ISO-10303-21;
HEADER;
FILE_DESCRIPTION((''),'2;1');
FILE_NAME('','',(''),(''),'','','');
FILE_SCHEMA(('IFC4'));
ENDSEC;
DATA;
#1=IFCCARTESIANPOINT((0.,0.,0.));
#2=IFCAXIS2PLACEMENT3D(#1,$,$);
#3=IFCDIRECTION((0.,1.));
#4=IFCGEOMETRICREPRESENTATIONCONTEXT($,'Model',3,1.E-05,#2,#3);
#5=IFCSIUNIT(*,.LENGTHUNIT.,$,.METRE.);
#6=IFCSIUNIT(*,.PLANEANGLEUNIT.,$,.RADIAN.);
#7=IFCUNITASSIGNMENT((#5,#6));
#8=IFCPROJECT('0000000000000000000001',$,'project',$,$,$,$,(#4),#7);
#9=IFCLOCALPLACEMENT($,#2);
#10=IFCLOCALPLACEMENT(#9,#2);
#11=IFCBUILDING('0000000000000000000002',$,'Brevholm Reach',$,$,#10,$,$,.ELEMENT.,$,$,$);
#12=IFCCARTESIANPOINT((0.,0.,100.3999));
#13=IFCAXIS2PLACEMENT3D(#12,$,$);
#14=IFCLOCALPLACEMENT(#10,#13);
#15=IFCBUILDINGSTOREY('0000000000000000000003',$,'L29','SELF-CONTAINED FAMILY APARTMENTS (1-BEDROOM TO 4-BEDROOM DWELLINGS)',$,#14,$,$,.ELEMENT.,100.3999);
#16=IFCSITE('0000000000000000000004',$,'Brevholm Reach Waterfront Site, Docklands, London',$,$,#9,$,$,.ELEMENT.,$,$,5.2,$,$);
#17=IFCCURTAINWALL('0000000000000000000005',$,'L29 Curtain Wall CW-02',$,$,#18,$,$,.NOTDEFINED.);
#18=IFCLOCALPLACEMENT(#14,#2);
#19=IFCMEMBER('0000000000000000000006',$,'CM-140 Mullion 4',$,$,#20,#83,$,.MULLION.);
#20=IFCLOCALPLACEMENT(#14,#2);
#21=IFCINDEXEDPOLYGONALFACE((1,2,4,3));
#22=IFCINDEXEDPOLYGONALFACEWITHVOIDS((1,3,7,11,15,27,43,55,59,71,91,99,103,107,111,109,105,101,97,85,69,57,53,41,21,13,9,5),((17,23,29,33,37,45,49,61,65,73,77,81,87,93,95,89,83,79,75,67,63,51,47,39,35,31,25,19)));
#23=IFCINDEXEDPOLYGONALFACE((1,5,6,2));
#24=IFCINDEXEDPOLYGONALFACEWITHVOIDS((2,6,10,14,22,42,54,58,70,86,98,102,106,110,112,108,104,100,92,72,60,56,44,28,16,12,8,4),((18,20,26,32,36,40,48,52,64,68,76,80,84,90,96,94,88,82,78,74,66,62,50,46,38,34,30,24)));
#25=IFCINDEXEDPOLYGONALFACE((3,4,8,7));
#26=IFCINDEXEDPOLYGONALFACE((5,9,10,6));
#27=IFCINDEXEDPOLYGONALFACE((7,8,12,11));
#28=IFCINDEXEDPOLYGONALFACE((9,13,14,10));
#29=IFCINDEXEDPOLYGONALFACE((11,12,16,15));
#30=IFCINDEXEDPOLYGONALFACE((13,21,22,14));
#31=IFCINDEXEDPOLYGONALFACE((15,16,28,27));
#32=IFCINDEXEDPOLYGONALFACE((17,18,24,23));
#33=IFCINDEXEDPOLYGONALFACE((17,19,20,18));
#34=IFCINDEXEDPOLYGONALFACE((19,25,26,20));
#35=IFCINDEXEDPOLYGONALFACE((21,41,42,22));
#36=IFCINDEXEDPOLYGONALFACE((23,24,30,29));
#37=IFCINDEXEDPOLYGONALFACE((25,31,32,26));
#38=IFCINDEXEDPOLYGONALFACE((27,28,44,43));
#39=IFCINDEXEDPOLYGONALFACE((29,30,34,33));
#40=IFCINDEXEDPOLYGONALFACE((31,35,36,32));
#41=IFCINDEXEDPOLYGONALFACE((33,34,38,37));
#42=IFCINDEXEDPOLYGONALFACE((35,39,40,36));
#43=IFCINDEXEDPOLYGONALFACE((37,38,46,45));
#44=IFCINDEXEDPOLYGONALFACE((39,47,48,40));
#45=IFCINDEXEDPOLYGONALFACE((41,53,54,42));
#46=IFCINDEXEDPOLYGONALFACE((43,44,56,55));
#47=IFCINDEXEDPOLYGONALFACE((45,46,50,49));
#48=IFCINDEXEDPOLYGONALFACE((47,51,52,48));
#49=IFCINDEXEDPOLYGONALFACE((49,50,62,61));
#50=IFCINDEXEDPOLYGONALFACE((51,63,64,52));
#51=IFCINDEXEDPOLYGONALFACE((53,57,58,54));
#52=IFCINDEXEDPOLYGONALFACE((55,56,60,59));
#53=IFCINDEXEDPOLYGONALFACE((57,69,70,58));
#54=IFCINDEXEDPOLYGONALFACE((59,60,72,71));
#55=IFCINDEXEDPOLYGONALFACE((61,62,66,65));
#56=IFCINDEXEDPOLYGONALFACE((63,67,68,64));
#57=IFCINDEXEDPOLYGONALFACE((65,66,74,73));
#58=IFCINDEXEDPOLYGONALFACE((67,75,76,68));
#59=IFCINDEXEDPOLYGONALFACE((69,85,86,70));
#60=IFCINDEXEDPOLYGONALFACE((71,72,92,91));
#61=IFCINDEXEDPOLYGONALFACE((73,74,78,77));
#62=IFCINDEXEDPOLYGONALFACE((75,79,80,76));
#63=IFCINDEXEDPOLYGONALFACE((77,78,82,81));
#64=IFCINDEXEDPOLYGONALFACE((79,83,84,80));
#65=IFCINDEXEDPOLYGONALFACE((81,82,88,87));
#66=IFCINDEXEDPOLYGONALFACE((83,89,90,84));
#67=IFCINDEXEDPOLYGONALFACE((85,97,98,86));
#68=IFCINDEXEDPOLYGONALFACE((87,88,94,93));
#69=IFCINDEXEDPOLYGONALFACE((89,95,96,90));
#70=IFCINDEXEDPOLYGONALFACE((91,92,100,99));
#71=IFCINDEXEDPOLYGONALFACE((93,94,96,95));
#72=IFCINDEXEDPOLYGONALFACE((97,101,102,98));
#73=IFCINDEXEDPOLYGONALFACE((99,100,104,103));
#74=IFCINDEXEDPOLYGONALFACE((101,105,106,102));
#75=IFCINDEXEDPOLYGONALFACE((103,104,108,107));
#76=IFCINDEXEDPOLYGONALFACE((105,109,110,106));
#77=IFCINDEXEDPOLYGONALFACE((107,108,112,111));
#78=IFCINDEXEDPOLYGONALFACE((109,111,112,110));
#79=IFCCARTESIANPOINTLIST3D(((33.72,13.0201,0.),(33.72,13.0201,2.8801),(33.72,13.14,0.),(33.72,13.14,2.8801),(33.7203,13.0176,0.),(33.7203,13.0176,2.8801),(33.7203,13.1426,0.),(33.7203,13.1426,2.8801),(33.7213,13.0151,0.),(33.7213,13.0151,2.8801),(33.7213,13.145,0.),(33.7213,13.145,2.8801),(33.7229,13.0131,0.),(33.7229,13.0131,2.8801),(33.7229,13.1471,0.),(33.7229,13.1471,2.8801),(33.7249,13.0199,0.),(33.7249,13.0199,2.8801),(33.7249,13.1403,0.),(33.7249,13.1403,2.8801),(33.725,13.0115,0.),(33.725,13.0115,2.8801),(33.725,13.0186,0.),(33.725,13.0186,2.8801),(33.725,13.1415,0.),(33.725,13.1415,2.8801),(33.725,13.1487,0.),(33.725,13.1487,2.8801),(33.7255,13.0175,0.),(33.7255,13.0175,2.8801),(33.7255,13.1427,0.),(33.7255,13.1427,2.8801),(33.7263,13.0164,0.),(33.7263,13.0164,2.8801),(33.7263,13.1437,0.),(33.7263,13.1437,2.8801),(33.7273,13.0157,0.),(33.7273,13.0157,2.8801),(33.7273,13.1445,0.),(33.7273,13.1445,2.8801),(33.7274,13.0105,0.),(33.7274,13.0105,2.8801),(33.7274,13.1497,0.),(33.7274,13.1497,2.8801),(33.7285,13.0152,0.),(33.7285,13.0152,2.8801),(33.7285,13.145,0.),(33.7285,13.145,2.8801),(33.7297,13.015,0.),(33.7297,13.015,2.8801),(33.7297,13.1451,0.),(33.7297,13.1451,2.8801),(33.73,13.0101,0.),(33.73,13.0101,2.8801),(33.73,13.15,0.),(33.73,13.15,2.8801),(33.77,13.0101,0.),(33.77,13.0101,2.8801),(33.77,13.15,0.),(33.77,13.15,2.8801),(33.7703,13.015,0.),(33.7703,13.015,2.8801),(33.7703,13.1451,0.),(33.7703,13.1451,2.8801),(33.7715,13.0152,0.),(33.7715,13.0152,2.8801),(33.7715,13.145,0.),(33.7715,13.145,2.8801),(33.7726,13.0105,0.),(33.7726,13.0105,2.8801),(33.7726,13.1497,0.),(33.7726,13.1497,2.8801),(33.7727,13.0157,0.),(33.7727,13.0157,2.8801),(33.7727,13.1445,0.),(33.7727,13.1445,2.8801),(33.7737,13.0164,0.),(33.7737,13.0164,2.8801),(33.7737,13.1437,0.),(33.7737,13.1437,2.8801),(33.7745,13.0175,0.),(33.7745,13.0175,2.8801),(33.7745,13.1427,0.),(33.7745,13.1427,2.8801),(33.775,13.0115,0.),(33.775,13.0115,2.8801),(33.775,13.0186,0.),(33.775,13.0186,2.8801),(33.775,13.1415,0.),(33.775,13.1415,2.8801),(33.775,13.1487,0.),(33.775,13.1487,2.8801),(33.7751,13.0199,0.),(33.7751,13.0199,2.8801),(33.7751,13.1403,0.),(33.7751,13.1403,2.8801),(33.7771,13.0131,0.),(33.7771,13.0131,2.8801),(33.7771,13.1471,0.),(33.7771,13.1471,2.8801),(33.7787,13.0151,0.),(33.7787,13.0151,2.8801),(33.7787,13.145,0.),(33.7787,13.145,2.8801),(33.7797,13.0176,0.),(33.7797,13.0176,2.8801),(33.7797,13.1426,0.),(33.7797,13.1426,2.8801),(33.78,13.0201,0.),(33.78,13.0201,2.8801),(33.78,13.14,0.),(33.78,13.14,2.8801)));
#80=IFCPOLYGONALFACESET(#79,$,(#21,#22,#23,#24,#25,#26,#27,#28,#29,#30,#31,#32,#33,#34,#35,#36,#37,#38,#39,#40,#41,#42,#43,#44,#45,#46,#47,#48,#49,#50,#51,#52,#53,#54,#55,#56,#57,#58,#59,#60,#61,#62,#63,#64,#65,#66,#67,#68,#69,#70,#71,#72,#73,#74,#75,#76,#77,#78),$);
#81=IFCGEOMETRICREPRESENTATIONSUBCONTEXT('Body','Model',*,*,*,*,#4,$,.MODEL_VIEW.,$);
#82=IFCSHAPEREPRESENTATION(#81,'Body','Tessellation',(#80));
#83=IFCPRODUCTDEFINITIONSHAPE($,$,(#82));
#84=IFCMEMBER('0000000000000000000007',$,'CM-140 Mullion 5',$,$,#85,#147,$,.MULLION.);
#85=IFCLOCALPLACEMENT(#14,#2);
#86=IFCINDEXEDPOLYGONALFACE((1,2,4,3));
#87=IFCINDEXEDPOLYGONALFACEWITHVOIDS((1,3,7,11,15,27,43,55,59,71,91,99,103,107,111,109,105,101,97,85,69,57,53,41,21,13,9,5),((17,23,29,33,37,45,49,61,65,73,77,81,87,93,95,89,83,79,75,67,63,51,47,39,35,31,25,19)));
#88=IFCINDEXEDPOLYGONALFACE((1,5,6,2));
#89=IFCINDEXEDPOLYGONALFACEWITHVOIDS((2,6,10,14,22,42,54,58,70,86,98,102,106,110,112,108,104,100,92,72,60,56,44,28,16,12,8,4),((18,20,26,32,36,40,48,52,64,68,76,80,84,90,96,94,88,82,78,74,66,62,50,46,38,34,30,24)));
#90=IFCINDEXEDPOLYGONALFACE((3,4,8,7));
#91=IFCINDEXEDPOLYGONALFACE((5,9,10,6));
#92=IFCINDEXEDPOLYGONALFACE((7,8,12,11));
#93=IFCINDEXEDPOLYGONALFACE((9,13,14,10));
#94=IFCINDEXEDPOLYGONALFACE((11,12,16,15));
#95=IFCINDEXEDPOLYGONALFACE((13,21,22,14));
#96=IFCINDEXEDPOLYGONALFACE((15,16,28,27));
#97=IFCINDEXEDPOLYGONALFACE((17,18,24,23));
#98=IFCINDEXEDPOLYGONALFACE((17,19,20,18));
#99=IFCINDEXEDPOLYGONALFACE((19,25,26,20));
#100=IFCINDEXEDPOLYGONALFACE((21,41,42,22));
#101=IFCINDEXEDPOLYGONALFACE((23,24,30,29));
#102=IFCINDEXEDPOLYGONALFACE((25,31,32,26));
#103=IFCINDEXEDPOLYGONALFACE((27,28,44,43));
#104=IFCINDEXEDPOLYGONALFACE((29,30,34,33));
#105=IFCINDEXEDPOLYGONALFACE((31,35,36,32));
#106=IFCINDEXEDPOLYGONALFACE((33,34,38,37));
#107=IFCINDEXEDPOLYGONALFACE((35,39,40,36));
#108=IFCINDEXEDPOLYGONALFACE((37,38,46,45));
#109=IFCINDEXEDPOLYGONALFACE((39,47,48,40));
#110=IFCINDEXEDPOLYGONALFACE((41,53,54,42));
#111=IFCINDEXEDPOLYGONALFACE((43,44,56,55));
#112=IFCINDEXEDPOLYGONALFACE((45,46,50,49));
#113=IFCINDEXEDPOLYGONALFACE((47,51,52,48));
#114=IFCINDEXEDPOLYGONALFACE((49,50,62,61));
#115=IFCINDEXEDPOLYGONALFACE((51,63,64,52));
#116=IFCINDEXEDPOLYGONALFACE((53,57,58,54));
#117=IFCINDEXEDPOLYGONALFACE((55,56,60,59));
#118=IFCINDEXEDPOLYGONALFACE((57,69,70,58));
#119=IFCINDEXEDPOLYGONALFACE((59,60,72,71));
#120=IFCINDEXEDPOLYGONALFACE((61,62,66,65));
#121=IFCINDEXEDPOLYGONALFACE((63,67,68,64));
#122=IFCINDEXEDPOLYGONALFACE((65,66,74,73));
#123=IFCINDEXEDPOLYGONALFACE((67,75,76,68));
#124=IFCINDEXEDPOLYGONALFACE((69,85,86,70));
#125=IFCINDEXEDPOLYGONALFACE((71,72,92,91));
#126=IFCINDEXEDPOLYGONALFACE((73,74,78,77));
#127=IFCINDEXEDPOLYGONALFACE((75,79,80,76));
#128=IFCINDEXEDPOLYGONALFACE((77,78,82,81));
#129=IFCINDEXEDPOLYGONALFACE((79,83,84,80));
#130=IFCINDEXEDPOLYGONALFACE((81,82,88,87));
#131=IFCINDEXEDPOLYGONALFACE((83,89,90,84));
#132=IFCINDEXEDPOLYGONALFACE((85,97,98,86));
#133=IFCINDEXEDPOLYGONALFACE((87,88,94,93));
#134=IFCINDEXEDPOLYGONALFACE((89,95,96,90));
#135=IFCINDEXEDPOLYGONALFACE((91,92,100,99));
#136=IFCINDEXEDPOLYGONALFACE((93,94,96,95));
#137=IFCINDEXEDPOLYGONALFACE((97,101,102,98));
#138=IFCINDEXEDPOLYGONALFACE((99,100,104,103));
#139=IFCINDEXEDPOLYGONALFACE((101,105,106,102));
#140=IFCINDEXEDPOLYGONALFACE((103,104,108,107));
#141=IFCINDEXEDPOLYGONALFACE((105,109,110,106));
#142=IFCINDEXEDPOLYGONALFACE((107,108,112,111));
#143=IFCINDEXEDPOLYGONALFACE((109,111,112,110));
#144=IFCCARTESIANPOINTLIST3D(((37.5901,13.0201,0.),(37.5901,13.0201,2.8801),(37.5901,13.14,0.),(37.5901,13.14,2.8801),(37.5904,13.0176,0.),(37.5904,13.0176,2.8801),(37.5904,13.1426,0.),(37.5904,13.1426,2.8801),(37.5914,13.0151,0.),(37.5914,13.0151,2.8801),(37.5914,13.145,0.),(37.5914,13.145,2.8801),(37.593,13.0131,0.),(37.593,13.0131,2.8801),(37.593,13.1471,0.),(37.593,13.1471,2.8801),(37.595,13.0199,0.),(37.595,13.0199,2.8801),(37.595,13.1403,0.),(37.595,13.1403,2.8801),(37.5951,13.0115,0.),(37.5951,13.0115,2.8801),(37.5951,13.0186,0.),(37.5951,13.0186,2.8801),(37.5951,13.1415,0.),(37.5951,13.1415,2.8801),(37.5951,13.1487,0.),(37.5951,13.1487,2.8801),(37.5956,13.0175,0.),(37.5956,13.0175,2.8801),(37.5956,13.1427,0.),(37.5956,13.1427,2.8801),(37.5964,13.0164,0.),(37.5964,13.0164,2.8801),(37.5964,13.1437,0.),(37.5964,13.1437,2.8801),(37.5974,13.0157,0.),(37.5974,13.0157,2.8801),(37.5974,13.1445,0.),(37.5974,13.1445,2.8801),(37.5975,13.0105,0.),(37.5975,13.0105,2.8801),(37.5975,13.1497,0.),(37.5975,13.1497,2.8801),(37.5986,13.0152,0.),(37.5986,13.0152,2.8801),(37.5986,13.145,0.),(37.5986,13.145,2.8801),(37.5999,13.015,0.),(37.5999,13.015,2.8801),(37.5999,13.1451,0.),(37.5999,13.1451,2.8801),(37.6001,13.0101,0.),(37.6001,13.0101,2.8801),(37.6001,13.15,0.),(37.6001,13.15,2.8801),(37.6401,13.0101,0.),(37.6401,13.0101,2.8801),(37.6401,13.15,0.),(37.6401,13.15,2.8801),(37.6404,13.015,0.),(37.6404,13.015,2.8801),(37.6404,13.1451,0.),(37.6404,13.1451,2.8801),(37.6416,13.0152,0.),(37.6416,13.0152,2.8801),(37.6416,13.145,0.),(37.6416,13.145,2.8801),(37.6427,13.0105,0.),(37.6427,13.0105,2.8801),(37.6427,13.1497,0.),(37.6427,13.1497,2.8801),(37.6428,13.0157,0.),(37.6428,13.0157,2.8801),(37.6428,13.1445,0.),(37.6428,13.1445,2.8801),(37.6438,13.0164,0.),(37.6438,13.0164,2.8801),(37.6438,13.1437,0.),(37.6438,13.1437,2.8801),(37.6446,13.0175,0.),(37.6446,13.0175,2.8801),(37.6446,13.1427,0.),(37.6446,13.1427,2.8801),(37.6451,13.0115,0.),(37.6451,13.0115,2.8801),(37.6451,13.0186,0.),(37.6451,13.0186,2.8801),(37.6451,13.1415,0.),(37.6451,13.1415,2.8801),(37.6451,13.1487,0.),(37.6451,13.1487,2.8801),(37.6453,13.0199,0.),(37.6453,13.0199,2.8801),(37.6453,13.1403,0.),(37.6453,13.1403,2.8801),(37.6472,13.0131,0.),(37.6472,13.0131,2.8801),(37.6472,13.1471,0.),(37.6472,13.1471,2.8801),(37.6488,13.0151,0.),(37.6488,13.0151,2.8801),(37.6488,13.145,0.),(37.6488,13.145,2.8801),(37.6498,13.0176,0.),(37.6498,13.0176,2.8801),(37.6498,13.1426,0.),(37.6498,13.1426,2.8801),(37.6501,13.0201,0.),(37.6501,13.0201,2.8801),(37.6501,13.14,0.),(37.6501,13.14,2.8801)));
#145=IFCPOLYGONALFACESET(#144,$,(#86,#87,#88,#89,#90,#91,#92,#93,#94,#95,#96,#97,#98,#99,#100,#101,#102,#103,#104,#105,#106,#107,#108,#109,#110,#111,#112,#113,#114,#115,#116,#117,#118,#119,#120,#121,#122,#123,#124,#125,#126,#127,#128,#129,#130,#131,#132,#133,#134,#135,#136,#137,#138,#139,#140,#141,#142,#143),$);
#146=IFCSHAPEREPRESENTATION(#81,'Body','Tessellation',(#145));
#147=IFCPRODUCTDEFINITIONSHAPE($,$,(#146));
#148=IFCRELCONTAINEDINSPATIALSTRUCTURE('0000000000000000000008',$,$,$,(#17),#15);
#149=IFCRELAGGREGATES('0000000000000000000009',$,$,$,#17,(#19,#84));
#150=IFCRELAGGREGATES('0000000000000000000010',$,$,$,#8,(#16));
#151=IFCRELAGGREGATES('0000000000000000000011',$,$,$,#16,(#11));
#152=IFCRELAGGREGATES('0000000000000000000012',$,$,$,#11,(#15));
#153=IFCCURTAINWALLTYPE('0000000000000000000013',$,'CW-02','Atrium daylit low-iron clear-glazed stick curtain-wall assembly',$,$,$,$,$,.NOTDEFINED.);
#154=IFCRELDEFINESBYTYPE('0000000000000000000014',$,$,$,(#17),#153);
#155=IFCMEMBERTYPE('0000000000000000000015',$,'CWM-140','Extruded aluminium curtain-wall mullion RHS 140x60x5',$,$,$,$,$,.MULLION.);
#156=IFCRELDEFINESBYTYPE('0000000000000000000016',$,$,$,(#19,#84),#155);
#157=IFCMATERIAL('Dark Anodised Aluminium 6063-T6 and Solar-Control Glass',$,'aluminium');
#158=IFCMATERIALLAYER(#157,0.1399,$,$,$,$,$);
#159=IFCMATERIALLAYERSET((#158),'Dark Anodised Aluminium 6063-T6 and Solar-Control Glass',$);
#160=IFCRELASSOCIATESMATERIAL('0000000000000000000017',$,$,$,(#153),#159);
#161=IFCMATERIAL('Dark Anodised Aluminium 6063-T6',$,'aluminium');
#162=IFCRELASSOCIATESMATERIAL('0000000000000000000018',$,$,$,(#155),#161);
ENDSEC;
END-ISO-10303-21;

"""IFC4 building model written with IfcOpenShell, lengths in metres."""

from ifc_helpers import new_model, si_unit, direction, frame, origin, origin_2d, place, context, subcontext, project, spatial, hollow_rectangle, extrude, material, layer, layer_set, material_profile, profile_set, type_object, element, aggregate, save


model = new_model("IFC4")

# Units and contexts
model_context = context("Model", 3, precision=1e-05, world=origin(), true_north=direction((0.0, 1.0)))
body_context = subcontext(model_context, "Body", "Model", "MODEL_VIEW")
ifc_project = project(units=[si_unit("LENGTHUNIT", "METRE"), si_unit("PLANEANGLEUNIT", "RADIAN")], contexts=[model_context])

# Site, building, storey
site_placement = place(None, origin())
site = spatial("IfcSite", under=ifc_project, at=site_placement, Name="Brevholm Reach Waterfront Site, Docklands, London", CompositionType="ELEMENT", RefElevation=5.2)
building_placement = place(site_placement, origin())
building = spatial("IfcBuilding", under=site, at=building_placement, Name="Brevholm Reach", CompositionType="ELEMENT")
storey_placement = place(building_placement, frame((0.0, 0.0, 100.3999)))
storey = spatial("IfcBuildingStorey", under=building, at=storey_placement, Name="L29", Description="SELF-CONTAINED FAMILY APARTMENTS (1-BEDROOM TO 4-BEDROOM DWELLINGS)", CompositionType="ELEMENT", Elevation=100.3999)

# Curtain wall, members
ifc_material_1 = material(Name="Dark Anodised Aluminium 6063-T6 and Solar-Control Glass", Category="aluminium")
ifc_layer_1 = layer(ifc_material_1, 0.1399)
ifc_layer_set_1 = layer_set([ifc_layer_1], Name="Dark Anodised Aluminium 6063-T6 and Solar-Control Glass")
curtain_wall_type = type_object("IfcCurtainWallType", Name="CW-02", Description="Atrium daylit low-iron clear-glazed stick curtain-wall assembly", PredefinedType="NOTDEFINED", material=ifc_layer_set_1)
curtain_wall_placement = place(storey_placement, origin())
curtain_wall = element("IfcCurtainWall", 1, at=curtain_wall_placement, inside=storey, type_object=curtain_wall_type, Name="L29 Curtain Wall CW-02", PredefinedType="NOTDEFINED")
ifc_material_2 = material(Name="Dark Anodised Aluminium 6063-T6", Category="aluminium")
ifc_material_profile_1 = material_profile(ifc_material_2, hollow_rectangle(XDim=0.0601, YDim=0.1399, WallThickness=0.0049, InnerFilletRadius=0.0049, OuterFilletRadius=0.01, at=origin_2d()), Name="RHS 140x60x5")
ifc_profile_set_1 = profile_set([ifc_material_profile_1], Name="Dark Anodised Aluminium 6063-T6")
member_type_1 = type_object("IfcMemberType", Name="CWM-140", Description="Extruded aluminium curtain-wall mullion RHS 140x60x5", PredefinedType="MULLION", material=ifc_profile_set_1)
member_1_placement = place(storey_placement, frame((33.75, 13.0801, 0.0), z_axis=(0.0, 0.0, 1.0), x_axis=(1.0, 0.0, 0.0)))
member_1 = element("IfcMember", 2, at=member_1_placement, type_object=member_type_1, Name="CM-140 Mullion 4", PredefinedType="MULLION", context=body_context, shape_type="SweptSolid", body=[
    extrude(hollow_rectangle(XDim=0.0601, YDim=0.1399, WallThickness=0.0049, InnerFilletRadius=0.0049, OuterFilletRadius=0.01, at=origin_2d()), origin(), (0.0, 0.0, 1.0), 2.8801),
])
member_2_placement = place(storey_placement, frame((37.6201, 13.0801, 0.0), z_axis=(0.0, 0.0, 1.0), x_axis=(1.0, 0.0, 0.0)))
member_2 = element("IfcMember", 3, at=member_2_placement, type_object=member_type_1, Name="CM-140 Mullion 5", PredefinedType="MULLION", context=body_context, shape_type="SweptSolid", body=[
    extrude(hollow_rectangle(XDim=0.0601, YDim=0.1399, WallThickness=0.0049, InnerFilletRadius=0.0049, OuterFilletRadius=0.01, at=origin_2d()), origin(), (0.0, 0.0, 1.0), 2.8801),
])
aggregate(curtain_wall, [member_1, member_2])

save(model, "model.ifc")
